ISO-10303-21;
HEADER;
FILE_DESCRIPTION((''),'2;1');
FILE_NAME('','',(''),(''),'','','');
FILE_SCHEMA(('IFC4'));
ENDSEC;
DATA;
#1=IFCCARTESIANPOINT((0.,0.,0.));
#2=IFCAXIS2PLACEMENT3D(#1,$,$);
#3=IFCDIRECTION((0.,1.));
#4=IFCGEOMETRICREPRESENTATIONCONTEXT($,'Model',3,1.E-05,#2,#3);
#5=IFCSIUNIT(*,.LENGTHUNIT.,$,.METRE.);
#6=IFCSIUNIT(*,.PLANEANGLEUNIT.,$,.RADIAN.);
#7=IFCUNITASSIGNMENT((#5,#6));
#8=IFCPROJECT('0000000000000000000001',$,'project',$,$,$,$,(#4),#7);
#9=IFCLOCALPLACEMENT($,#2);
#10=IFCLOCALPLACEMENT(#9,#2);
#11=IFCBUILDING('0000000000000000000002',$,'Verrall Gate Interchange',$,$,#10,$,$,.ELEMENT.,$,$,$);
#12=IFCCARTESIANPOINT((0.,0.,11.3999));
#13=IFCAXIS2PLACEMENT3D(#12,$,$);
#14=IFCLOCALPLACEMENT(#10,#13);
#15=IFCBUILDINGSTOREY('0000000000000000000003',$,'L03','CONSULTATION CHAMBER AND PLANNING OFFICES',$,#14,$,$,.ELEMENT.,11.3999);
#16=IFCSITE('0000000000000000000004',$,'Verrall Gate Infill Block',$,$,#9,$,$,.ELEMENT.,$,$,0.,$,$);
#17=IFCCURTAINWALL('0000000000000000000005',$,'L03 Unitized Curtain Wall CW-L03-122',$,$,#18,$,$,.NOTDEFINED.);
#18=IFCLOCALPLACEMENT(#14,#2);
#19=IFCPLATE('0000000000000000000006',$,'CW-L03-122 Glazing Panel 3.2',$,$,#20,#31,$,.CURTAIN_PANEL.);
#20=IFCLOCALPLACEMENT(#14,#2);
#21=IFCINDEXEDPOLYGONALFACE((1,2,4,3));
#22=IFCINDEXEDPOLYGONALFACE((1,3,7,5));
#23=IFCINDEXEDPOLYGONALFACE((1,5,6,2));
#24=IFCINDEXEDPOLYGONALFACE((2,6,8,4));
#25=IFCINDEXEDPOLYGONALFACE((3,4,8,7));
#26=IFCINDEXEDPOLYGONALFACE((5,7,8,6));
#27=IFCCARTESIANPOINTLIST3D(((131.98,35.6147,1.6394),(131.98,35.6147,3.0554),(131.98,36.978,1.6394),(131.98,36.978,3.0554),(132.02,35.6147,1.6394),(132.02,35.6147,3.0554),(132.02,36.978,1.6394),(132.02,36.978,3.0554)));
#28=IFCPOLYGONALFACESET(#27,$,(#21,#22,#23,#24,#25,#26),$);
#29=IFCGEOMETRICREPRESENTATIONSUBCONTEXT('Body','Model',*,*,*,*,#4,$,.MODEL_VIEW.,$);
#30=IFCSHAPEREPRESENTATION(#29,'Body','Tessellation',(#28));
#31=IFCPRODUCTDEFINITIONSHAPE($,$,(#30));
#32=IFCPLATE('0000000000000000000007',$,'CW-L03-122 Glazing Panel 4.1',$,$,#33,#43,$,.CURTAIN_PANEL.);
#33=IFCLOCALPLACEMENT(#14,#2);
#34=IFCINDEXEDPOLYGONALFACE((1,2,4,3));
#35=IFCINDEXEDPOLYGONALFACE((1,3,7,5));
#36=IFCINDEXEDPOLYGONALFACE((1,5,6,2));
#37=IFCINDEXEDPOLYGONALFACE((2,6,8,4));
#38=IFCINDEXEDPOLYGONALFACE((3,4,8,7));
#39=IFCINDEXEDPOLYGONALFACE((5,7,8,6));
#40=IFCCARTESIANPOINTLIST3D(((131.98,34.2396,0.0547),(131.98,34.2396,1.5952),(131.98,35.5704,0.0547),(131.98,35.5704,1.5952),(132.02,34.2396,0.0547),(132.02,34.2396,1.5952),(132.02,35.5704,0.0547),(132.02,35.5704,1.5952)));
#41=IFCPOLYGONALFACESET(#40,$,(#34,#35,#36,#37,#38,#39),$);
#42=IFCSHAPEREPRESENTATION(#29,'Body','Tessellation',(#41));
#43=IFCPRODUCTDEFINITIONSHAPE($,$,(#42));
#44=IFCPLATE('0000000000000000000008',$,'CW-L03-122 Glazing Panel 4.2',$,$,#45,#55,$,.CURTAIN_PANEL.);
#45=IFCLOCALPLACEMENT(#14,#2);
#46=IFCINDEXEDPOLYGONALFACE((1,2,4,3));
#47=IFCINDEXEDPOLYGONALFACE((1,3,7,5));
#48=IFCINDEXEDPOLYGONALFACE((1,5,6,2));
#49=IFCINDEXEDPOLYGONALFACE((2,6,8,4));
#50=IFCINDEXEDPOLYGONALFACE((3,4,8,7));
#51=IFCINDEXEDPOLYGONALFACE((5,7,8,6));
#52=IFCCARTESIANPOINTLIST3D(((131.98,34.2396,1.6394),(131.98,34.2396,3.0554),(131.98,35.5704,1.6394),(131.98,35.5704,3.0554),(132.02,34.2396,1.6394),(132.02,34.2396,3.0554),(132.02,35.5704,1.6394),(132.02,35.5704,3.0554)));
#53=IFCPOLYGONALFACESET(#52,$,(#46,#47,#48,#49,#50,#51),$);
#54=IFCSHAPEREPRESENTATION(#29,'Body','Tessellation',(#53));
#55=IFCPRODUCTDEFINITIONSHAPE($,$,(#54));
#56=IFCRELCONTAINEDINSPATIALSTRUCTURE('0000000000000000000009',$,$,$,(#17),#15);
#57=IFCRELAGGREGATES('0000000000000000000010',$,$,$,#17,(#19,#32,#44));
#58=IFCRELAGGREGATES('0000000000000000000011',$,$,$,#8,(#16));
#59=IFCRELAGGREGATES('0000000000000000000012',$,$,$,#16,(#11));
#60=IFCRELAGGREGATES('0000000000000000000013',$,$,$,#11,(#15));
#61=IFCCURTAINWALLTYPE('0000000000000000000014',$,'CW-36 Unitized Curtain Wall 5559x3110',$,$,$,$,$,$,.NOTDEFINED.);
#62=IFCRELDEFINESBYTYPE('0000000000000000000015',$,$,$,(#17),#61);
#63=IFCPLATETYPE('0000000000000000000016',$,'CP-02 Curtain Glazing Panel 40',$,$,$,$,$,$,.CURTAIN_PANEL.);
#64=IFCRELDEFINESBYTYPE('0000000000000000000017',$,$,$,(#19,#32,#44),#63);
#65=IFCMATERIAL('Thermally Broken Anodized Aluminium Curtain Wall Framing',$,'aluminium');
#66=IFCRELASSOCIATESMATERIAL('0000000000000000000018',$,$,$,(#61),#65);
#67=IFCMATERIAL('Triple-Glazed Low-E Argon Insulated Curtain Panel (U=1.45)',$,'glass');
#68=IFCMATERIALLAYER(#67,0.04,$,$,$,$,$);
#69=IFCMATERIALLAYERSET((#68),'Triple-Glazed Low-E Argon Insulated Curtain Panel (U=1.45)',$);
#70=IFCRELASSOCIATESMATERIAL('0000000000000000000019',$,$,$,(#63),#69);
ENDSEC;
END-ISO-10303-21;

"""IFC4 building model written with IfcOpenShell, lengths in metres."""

from ifc_helpers import new_model, si_unit, direction, frame, origin, origin_2d, place, context, subcontext, project, spatial, rectangle, extrude, material, layer, layer_set, type_object, element, aggregate, save


model = new_model("IFC4")

# Units and contexts
model_context = context("Model", 3, precision=1e-05, world=origin(), true_north=direction((0.0, 1.0)))
body_context = subcontext(model_context, "Body", "Model", "MODEL_VIEW")
ifc_project = project(units=[si_unit("LENGTHUNIT", "METRE"), si_unit("PLANEANGLEUNIT", "RADIAN")], contexts=[model_context])

# Site, building, storey
site_placement = place(None, origin())
site = spatial("IfcSite", under=ifc_project, at=site_placement, Name="Verrall Gate Infill Block", CompositionType="ELEMENT", RefElevation=0.0)
building_placement = place(site_placement, origin())
building = spatial("IfcBuilding", under=site, at=building_placement, Name="Verrall Gate Interchange", CompositionType="ELEMENT")
storey_placement = place(building_placement, frame((0.0, 0.0, 11.3999)))
storey = spatial("IfcBuildingStorey", under=building, at=storey_placement, Name="L03", Description="CONSULTATION CHAMBER AND PLANNING OFFICES", CompositionType="ELEMENT", Elevation=11.3999)

# Curtain wall
ifc_material_1 = material(Name="Thermally Broken Anodized Aluminium Curtain Wall Framing", Category="aluminium")
curtain_wall_type = type_object("IfcCurtainWallType", Name="CW-36 Unitized Curtain Wall 5559x3110", PredefinedType="NOTDEFINED", material=ifc_material_1)
curtain_wall_1_placement = place(storey_placement, origin())
curtain_wall_1 = element("IfcCurtainWall", 1, at=curtain_wall_1_placement, inside=storey, type_object=curtain_wall_type, Name="L03 Unitized Curtain Wall CW-L03-122", PredefinedType="NOTDEFINED")

# Plates
ifc_material_2 = material(Name="Triple-Glazed Low-E Argon Insulated Curtain Panel (U=1.45)", Category="glass")
ifc_layer = layer(ifc_material_2, 0.04)
ifc_layer_set = layer_set([ifc_layer], Name="Triple-Glazed Low-E Argon Insulated Curtain Panel (U=1.45)")
plate_type = type_object("IfcPlateType", Name="CP-02 Curtain Glazing Panel 40", PredefinedType="CURTAIN_PANEL", material=ifc_layer_set)
plate_1_placement = place(storey_placement, frame((132.0, 36.2964, 1.6394), z_axis=(0.0, 0.0, 1.0), x_axis=(0.0, -1.0, 0.0)))
plate_1 = element("IfcPlate", 2, at=plate_1_placement, type_object=plate_type, Name="CW-L03-122 Glazing Panel 3.2", PredefinedType="CURTAIN_PANEL", context=body_context, shape_type="SweptSolid", body=[
    extrude(rectangle(XDim=1.3633, YDim=0.04, at=origin_2d()), origin(), (0.0, 0.0, 1.0), 1.416),
])
plate_2_placement = place(storey_placement, frame((132.0, 34.905, 0.0547), z_axis=(0.0, 0.0, 1.0), x_axis=(0.0, -1.0, 0.0)))
plate_2 = element("IfcPlate", 3, at=plate_2_placement, type_object=plate_type, Name="CW-L03-122 Glazing Panel 4.1", PredefinedType="CURTAIN_PANEL", context=body_context, shape_type="SweptSolid", body=[
    extrude(rectangle(XDim=1.3308, YDim=0.04, at=origin_2d()), origin(), (0.0, 0.0, 1.0), 1.5405),
])
plate_3_placement = place(storey_placement, frame((132.0, 34.905, 1.6394), z_axis=(0.0, 0.0, 1.0), x_axis=(0.0, -1.0, 0.0)))
plate_3 = element("IfcPlate", 4, at=plate_3_placement, type_object=plate_type, Name="CW-L03-122 Glazing Panel 4.2", PredefinedType="CURTAIN_PANEL", context=body_context, shape_type="SweptSolid", body=[
    extrude(rectangle(XDim=1.3308, YDim=0.04, at=origin_2d()), origin(), (0.0, 0.0, 1.0), 1.416),
])
aggregate(curtain_wall_1, [plate_1, plate_2, plate_3])

save(model, "model.ifc")
